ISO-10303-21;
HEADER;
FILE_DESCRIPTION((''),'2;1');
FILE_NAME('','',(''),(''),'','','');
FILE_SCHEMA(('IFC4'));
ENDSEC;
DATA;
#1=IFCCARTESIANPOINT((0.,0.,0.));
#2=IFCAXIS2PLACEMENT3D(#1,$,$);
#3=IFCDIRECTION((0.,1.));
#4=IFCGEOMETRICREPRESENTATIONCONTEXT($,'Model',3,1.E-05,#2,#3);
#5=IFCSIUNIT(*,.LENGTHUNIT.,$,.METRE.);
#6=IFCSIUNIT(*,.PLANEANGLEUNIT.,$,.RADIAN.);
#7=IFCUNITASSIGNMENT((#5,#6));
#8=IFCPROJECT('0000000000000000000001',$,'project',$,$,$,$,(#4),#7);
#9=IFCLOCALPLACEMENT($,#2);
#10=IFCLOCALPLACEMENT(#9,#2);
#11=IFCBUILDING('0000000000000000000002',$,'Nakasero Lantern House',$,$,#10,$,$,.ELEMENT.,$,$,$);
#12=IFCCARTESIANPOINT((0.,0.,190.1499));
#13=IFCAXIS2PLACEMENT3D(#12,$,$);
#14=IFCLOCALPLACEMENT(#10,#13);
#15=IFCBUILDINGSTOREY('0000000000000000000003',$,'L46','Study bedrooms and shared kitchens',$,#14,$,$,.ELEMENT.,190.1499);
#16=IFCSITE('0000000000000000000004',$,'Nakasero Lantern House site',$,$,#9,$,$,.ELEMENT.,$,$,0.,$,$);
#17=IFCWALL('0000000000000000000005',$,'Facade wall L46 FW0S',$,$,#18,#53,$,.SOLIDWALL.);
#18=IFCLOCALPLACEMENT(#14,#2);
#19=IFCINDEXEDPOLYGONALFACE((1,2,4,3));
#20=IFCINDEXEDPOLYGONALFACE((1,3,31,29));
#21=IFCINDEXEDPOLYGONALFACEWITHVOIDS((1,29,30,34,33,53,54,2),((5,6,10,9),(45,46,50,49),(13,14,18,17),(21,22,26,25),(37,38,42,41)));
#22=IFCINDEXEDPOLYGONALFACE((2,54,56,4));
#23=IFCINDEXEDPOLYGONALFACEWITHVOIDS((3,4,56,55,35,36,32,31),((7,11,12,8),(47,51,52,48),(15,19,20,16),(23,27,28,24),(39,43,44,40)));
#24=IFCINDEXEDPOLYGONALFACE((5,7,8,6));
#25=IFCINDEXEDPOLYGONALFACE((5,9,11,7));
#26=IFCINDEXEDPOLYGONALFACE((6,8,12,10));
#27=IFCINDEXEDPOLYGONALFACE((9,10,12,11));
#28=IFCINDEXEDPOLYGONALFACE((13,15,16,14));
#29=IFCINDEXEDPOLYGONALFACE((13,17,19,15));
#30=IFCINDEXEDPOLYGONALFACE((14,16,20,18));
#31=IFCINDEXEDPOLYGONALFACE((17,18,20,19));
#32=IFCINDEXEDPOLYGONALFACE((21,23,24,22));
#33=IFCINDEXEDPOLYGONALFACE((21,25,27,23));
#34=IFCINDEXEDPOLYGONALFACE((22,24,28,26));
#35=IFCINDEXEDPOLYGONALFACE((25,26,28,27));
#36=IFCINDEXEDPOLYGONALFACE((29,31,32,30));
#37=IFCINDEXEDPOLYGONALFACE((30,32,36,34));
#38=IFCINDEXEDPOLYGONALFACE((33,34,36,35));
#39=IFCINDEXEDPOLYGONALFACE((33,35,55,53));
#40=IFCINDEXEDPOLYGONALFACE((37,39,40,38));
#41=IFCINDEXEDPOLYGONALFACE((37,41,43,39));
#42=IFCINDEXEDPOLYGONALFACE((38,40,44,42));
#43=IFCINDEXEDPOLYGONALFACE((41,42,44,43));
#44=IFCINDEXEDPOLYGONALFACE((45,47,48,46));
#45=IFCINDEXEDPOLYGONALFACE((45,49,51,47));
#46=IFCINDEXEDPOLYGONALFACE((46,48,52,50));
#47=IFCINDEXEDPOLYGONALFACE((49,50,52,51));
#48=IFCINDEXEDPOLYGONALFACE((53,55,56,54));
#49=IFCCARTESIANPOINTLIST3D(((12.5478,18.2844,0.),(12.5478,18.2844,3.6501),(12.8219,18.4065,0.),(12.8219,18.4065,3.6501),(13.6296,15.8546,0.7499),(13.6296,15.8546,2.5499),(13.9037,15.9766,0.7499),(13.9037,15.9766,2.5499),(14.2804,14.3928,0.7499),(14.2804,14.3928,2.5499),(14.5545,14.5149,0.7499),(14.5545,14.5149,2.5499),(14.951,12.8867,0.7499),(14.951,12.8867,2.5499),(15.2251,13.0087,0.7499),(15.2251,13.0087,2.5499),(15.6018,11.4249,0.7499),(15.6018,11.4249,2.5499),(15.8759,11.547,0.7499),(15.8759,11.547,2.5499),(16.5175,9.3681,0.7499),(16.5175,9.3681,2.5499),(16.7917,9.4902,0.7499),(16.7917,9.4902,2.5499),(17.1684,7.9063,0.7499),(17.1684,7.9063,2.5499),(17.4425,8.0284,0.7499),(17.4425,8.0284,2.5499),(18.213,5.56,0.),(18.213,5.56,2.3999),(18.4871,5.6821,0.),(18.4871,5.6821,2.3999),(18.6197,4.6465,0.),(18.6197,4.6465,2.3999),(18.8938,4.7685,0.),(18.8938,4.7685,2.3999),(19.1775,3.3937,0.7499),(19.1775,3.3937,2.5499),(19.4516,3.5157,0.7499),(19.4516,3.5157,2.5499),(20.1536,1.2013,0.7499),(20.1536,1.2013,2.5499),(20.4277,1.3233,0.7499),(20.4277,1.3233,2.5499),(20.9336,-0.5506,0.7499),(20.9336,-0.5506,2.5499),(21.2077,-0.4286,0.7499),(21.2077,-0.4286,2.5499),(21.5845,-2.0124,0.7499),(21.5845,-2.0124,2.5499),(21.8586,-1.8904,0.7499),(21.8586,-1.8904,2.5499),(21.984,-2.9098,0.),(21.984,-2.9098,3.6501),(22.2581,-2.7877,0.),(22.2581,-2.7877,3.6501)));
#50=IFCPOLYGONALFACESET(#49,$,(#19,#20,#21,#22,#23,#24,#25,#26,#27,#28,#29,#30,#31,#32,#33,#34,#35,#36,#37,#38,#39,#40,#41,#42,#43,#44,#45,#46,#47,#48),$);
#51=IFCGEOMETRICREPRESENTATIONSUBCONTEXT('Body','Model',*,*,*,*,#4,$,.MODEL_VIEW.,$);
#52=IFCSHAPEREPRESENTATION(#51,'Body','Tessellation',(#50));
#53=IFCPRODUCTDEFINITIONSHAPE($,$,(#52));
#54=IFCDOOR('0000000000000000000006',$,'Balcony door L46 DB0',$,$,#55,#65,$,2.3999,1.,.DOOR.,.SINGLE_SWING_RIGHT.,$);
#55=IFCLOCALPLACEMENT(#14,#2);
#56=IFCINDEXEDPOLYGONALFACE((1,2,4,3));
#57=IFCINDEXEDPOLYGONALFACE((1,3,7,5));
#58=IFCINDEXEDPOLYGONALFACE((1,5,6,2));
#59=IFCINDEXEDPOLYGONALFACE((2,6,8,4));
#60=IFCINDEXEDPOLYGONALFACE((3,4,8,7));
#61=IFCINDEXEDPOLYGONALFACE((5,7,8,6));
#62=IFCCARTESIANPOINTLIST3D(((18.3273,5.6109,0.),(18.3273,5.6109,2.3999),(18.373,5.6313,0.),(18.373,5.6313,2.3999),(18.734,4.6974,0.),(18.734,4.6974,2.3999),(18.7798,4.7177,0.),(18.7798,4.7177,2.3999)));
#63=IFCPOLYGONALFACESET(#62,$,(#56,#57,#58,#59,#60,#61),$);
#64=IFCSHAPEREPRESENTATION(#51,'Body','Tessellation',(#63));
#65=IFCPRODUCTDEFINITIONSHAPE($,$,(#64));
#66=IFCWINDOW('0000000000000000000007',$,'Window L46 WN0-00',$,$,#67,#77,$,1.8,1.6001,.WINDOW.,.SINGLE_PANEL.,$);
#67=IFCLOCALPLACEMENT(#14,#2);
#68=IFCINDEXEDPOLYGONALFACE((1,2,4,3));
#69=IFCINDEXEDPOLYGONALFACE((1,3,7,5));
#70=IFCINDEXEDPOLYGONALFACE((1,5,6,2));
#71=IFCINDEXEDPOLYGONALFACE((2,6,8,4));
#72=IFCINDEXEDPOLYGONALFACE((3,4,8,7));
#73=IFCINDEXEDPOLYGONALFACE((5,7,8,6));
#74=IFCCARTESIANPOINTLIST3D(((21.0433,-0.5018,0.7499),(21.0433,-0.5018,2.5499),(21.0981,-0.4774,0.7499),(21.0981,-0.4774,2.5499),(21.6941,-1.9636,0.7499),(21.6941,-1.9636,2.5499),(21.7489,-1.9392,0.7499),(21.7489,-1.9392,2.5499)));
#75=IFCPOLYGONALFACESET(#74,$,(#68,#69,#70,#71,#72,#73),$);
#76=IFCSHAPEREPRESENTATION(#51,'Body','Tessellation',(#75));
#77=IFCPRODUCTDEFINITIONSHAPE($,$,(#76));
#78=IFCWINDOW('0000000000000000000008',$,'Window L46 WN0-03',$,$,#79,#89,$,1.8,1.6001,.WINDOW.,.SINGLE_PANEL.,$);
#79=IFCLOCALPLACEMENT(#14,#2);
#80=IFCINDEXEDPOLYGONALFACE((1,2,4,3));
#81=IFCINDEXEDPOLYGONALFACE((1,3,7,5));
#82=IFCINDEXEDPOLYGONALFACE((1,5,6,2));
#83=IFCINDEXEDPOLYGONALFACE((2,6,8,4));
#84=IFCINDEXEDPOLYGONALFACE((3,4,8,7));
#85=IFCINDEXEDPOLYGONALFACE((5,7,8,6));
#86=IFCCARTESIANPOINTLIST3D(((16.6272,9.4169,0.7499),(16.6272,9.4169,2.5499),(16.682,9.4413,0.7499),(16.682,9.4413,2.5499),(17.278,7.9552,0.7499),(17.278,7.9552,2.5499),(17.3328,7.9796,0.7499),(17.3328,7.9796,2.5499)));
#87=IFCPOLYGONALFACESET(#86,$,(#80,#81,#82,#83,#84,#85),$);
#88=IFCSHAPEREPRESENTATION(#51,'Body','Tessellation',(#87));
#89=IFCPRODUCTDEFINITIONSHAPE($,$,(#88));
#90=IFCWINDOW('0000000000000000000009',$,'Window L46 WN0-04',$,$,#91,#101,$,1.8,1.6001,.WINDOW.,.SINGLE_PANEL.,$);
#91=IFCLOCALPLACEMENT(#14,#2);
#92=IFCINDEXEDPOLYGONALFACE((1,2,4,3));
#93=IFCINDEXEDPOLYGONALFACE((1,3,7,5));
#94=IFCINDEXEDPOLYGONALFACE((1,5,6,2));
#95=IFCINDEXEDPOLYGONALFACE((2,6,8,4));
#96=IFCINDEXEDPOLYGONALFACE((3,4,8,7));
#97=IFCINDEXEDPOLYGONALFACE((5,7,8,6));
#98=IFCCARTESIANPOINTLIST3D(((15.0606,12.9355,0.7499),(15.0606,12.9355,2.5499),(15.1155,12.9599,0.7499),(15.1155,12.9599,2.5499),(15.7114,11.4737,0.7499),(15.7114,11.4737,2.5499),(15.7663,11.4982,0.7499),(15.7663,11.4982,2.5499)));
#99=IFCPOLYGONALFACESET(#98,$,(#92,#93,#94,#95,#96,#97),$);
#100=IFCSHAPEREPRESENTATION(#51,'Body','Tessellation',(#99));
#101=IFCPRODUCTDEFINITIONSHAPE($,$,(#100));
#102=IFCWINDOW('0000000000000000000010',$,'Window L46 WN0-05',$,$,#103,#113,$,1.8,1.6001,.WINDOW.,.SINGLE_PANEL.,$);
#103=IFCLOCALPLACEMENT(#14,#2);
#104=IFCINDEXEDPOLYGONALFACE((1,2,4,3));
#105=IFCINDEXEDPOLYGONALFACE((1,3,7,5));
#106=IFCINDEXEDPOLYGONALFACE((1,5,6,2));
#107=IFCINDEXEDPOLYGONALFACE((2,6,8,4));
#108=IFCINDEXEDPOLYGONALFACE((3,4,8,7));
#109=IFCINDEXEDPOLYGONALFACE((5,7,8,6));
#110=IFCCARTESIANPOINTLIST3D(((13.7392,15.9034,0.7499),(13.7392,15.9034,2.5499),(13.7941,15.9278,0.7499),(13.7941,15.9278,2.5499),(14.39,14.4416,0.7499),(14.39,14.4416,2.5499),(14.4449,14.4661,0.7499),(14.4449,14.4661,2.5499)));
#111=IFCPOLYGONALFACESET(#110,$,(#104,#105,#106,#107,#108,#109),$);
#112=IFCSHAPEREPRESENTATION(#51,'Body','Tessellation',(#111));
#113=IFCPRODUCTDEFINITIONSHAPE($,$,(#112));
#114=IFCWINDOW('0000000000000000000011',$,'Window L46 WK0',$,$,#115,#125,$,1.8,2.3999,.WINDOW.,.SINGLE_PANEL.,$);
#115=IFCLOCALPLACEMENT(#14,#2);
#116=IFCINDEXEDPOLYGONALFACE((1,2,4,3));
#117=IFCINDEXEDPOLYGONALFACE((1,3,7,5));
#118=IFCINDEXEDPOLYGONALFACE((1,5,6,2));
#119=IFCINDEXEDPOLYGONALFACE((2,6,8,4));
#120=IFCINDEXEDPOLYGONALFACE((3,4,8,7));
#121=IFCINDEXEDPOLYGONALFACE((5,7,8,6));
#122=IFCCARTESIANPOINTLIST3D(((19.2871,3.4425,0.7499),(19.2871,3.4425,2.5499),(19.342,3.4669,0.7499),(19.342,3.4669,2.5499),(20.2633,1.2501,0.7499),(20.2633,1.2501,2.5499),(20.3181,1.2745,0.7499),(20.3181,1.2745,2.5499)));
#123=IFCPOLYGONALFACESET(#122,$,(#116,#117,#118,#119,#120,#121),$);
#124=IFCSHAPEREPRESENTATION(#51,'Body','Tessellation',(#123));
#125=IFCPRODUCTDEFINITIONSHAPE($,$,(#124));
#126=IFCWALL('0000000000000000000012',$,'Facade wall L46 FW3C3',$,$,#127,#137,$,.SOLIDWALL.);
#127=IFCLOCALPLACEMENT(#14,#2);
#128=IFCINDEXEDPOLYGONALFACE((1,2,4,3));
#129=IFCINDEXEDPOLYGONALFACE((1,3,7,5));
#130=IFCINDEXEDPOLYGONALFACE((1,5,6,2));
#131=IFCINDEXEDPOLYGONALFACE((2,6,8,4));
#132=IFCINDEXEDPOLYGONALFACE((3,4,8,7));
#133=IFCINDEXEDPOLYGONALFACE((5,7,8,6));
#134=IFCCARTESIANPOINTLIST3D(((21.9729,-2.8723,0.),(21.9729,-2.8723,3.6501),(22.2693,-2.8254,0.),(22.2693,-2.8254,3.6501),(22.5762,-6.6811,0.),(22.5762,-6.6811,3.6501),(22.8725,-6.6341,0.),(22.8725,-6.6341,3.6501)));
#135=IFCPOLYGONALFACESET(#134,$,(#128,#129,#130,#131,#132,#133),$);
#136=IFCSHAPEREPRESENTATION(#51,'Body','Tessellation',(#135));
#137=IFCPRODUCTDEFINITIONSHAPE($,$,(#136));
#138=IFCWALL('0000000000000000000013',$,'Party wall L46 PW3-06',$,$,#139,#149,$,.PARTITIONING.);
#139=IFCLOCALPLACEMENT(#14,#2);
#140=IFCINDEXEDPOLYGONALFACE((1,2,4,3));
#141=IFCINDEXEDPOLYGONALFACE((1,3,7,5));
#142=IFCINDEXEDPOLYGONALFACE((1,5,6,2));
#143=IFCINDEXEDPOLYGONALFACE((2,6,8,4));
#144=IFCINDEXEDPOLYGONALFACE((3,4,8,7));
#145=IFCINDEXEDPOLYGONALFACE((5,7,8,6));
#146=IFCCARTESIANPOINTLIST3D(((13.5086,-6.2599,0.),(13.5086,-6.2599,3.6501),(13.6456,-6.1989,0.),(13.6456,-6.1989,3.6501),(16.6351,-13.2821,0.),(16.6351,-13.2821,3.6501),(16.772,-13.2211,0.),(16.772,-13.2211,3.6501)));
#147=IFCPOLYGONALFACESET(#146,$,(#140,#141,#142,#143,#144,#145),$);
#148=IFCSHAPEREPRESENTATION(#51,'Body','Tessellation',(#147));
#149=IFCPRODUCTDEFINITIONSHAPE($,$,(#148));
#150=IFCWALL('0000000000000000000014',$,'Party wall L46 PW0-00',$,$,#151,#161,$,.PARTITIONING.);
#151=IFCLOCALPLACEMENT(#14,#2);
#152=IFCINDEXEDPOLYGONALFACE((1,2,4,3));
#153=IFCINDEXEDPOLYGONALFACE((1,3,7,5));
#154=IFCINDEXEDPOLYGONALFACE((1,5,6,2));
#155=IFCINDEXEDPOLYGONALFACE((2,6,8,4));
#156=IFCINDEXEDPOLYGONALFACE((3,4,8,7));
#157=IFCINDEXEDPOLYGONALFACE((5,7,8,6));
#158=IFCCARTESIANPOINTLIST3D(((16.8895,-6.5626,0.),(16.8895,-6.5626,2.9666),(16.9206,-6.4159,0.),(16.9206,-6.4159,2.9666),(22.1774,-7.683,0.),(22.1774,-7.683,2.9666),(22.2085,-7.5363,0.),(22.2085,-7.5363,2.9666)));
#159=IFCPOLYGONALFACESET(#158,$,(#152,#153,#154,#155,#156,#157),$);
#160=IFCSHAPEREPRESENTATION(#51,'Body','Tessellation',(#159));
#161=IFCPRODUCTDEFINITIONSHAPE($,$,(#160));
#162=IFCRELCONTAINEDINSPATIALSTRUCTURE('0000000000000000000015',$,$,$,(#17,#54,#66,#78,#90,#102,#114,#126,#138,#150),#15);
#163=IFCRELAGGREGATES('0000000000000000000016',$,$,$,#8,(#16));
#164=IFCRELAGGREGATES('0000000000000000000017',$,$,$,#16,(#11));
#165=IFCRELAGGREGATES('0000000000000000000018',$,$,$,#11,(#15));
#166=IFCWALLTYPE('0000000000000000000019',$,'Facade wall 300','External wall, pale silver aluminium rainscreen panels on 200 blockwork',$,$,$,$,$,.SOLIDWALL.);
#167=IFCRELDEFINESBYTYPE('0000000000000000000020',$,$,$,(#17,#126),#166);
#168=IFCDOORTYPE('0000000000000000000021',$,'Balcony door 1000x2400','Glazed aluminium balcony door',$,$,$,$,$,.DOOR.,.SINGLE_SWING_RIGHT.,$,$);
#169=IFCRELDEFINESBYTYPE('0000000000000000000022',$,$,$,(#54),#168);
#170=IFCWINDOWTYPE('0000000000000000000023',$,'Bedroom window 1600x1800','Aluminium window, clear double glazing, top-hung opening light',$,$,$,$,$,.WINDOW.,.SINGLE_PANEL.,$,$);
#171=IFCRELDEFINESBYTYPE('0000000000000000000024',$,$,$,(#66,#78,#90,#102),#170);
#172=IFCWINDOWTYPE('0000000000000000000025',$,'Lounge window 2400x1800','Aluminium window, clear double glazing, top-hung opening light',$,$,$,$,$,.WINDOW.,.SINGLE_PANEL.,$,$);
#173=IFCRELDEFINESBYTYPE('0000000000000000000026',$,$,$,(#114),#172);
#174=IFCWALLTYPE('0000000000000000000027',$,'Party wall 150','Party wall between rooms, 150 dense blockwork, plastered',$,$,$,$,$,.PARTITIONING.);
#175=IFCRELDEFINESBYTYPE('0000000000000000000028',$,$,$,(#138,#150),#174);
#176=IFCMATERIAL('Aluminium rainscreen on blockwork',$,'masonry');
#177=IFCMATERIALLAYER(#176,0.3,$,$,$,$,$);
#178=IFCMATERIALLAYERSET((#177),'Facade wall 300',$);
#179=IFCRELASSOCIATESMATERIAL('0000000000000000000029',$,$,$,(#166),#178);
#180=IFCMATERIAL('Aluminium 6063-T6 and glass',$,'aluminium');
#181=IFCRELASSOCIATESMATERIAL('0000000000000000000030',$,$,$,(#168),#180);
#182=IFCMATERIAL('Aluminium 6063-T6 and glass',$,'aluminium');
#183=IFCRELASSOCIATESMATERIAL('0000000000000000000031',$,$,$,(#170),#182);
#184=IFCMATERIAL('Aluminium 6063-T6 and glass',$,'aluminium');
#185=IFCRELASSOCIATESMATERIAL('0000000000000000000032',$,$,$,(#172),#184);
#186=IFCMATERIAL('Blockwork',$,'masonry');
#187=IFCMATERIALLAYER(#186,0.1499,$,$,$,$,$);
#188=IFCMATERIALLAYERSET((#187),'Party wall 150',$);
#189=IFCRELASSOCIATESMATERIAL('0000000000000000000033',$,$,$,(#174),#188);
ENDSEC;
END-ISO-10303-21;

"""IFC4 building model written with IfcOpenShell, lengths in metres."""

from ifc_helpers import new_model, si_unit, direction, frame, frame_2d, origin, place, context, subcontext, project, spatial, rectangle, extrude, material, layer, layer_set, type_object, element, fill, save


model = new_model("IFC4")

# Units and contexts
model_context = context("Model", 3, precision=1e-05, world=origin(), true_north=direction((0.0, 1.0)))
body_context = subcontext(model_context, "Body", "Model", "MODEL_VIEW")
ifc_project = project(units=[si_unit("LENGTHUNIT", "METRE"), si_unit("PLANEANGLEUNIT", "RADIAN")], contexts=[model_context])

# Site, building, storey
site_placement = place(None, origin())
site = spatial("IfcSite", under=ifc_project, at=site_placement, Name="Nakasero Lantern House site", CompositionType="ELEMENT", RefElevation=0.0)
building_placement = place(site_placement, origin())
building = spatial("IfcBuilding", under=site, at=building_placement, Name="Nakasero Lantern House", CompositionType="ELEMENT")
storey_placement = place(building_placement, frame((0.0, 0.0, 190.1499)))
storey = spatial("IfcBuildingStorey", under=building, at=storey_placement, Name="L46", Description="Study bedrooms and shared kitchens", CompositionType="ELEMENT", Elevation=190.1499)

# Wall, openings, door, windows
ifc_material_1 = material(Name="Aluminium rainscreen on blockwork", Category="masonry")
ifc_layer_1 = layer(ifc_material_1, 0.3)
ifc_layer_set_1 = layer_set([ifc_layer_1], Name="Facade wall 300")
wall_type_1 = type_object("IfcWallType", Name="Facade wall 300", Description="External wall, pale silver aluminium rainscreen panels on 200 blockwork", PredefinedType="SOLIDWALL", material=ifc_layer_set_1)
wall_1_placement = place(storey_placement, frame((22.1211, -2.8489, 0.0), z_axis=(0.0, 0.0, 1.0), x_axis=(-0.406735, 0.913546, 0.0)))
wall_1 = element("IfcWall", 1, at=wall_1_placement, inside=storey, type_object=wall_type_1, Name="Facade wall L46 FW0S", PredefinedType="SOLIDWALL", context=body_context, shape_type="SweptSolid", body=[
    extrude(rectangle(XDim=23.2, YDim=0.3, at=frame_2d((11.6001, 0.0))), origin(), (0.0, 0.0, 1.0), 3.6501),
])
opening_1_placement = place(wall_1_placement, frame((0.9824, 0.0, 0.75)))
opening_1 = element("IfcOpeningElement", 2, at=opening_1_placement, cuts=wall_1, PredefinedType="OPENING", context=body_context, shape_type="SweptSolid", body=[
    extrude(rectangle(XDim=1.6001, YDim=1.8, at=frame_2d((0.8, 0.8999))), frame((0.0, 0.1699, 0.0), z_axis=(0.0, -1.0, 0.0), x_axis=(1.0, 0.0, 0.0)), (0.0, 0.0, 1.0), 0.3401),
])
opening_2_placement = place(wall_1_placement, frame((11.8398, 0.0, 0.75)))
opening_2 = element("IfcOpeningElement", 3, at=opening_2_placement, cuts=wall_1, PredefinedType="OPENING", context=body_context, shape_type="SweptSolid", body=[
    extrude(rectangle(XDim=1.6001, YDim=1.8, at=frame_2d((0.8, 0.8999))), frame((0.0, 0.1699, 0.0), z_axis=(0.0, -1.0, 0.0), x_axis=(1.0, 0.0, 0.0)), (0.0, 0.0, 1.0), 0.3401),
])
opening_3_placement = place(wall_1_placement, frame((15.6914, 0.0, 0.75)))
opening_3 = element("IfcOpeningElement", 4, at=opening_3_placement, cuts=wall_1, PredefinedType="OPENING", context=body_context, shape_type="SweptSolid", body=[
    extrude(rectangle(XDim=1.6001, YDim=1.8, at=frame_2d((0.8, 0.8999))), frame((0.0, 0.1699, 0.0), z_axis=(0.0, -1.0, 0.0), x_axis=(1.0, 0.0, 0.0)), (0.0, 0.0, 1.0), 0.3401),
])
opening_4_placement = place(wall_1_placement, frame((18.9402, 0.0, 0.75)))
opening_4 = element("IfcOpeningElement", 5, at=opening_4_placement, cuts=wall_1, PredefinedType="OPENING", context=body_context, shape_type="SweptSolid", body=[
    extrude(rectangle(XDim=1.6001, YDim=1.8, at=frame_2d((0.8, 0.8999))), frame((0.0, 0.1699, 0.0), z_axis=(0.0, -1.0, 0.0), x_axis=(1.0, 0.0, 0.0)), (0.0, 0.0, 1.0), 0.3401),
])
opening_5_placement = place(wall_1_placement, frame((4.5002, 0.0, 0.75)))
opening_5 = element("IfcOpeningElement", 6, at=opening_5_placement, cuts=wall_1, PredefinedType="OPENING", context=body_context, shape_type="SweptSolid", body=[
    extrude(rectangle(XDim=2.3999, YDim=1.8, at=frame_2d((1.2, 0.8999))), frame((0.0, 0.1699, 0.0), z_axis=(0.0, -1.0, 0.0), x_axis=(1.0, 0.0, 0.0)), (0.0, 0.0, 1.0), 0.3401),
])
opening_6_placement = place(wall_1_placement, frame((8.2715, 0.0, 0.0)))
opening_6 = element("IfcOpeningElement", 7, at=opening_6_placement, cuts=wall_1, PredefinedType="OPENING", context=body_context, shape_type="SweptSolid", body=[
    extrude(rectangle(XDim=1.0, YDim=2.3999, at=frame_2d((0.5, 1.2))), frame((0.0, 0.1699, 0.0), z_axis=(0.0, -1.0, 0.0), x_axis=(1.0, 0.0, 0.0)), (0.0, 0.0, 1.0), 0.3401),
])
ifc_material_2 = material(Name="Aluminium 6063-T6 and glass", Category="aluminium")
door_type_1 = type_object("IfcDoorType", Name="Balcony door 1000x2400", Description="Glazed aluminium balcony door", OperationType="SINGLE_SWING_RIGHT", PredefinedType="DOOR", material=ifc_material_2)
door_1_placement = place(opening_6_placement, origin())
door_1 = element("IfcDoor", 8, at=door_1_placement, inside=storey, type_object=door_type_1, Name="Balcony door L46 DB0", OperationType="SINGLE_SWING_RIGHT", OverallHeight=2.3999, OverallWidth=1.0, PredefinedType="DOOR", context=body_context, shape_type="SweptSolid", body=[
    extrude(rectangle(XDim=1.0, YDim=2.3999, at=frame_2d((0.5, 1.2))), frame((0.0, 0.0249, 0.0), z_axis=(0.0, -1.0, 0.0), x_axis=(1.0, 0.0, 0.0)), (0.0, 0.0, 1.0), 0.05),
])
fill(opening_6, door_1)
ifc_material_3 = material(Name="Aluminium 6063-T6 and glass", Category="aluminium")
window_type_1 = type_object("IfcWindowType", Name="Bedroom window 1600x1800", Description="Aluminium window, clear double glazing, top-hung opening light", PartitioningType="SINGLE_PANEL", PredefinedType="WINDOW", material=ifc_material_3)
window_1_placement = place(opening_1_placement, origin())
window_1 = element("IfcWindow", 9, at=window_1_placement, inside=storey, type_object=window_type_1, Name="Window L46 WN0-00", OverallHeight=1.8, OverallWidth=1.6001, PartitioningType="SINGLE_PANEL", PredefinedType="WINDOW", context=body_context, shape_type="SweptSolid", body=[
    extrude(rectangle(XDim=1.6001, YDim=1.8, at=frame_2d((0.8, 0.8999))), frame((0.0, 0.03, 0.0), z_axis=(0.0, -1.0, 0.0), x_axis=(1.0, 0.0, 0.0)), (0.0, 0.0, 1.0), 0.0601),
])
fill(opening_1, window_1)
window_2_placement = place(opening_2_placement, origin())
window_2 = element("IfcWindow", 10, at=window_2_placement, inside=storey, type_object=window_type_1, Name="Window L46 WN0-03", OverallHeight=1.8, OverallWidth=1.6001, PartitioningType="SINGLE_PANEL", PredefinedType="WINDOW", context=body_context, shape_type="SweptSolid", body=[
    extrude(rectangle(XDim=1.6001, YDim=1.8, at=frame_2d((0.8, 0.8999))), frame((0.0, 0.03, 0.0), z_axis=(0.0, -1.0, 0.0), x_axis=(1.0, 0.0, 0.0)), (0.0, 0.0, 1.0), 0.0601),
])
fill(opening_2, window_2)
window_3_placement = place(opening_3_placement, origin())
window_3 = element("IfcWindow", 11, at=window_3_placement, inside=storey, type_object=window_type_1, Name="Window L46 WN0-04", OverallHeight=1.8, OverallWidth=1.6001, PartitioningType="SINGLE_PANEL", PredefinedType="WINDOW", context=body_context, shape_type="SweptSolid", body=[
    extrude(rectangle(XDim=1.6001, YDim=1.8, at=frame_2d((0.8, 0.8999))), frame((0.0, 0.03, 0.0), z_axis=(0.0, -1.0, 0.0), x_axis=(1.0, 0.0, 0.0)), (0.0, 0.0, 1.0), 0.0601),
])
fill(opening_3, window_3)
window_4_placement = place(opening_4_placement, origin())
window_4 = element("IfcWindow", 12, at=window_4_placement, inside=storey, type_object=window_type_1, Name="Window L46 WN0-05", OverallHeight=1.8, OverallWidth=1.6001, PartitioningType="SINGLE_PANEL", PredefinedType="WINDOW", context=body_context, shape_type="SweptSolid", body=[
    extrude(rectangle(XDim=1.6001, YDim=1.8, at=frame_2d((0.8, 0.8999))), frame((0.0, 0.03, 0.0), z_axis=(0.0, -1.0, 0.0), x_axis=(1.0, 0.0, 0.0)), (0.0, 0.0, 1.0), 0.0601),
])
fill(opening_4, window_4)
ifc_material_4 = material(Name="Aluminium 6063-T6 and glass", Category="aluminium")
window_type_2 = type_object("IfcWindowType", Name="Lounge window 2400x1800", Description="Aluminium window, clear double glazing, top-hung opening light", PartitioningType="SINGLE_PANEL", PredefinedType="WINDOW", material=ifc_material_4)
window_5_placement = place(opening_5_placement, origin())
window_5 = element("IfcWindow", 13, at=window_5_placement, inside=storey, type_object=window_type_2, Name="Window L46 WK0", OverallHeight=1.8, OverallWidth=2.3999, PartitioningType="SINGLE_PANEL", PredefinedType="WINDOW", context=body_context, shape_type="SweptSolid", body=[
    extrude(rectangle(XDim=2.3999, YDim=1.8, at=frame_2d((1.2, 0.8999))), frame((0.0, 0.03, 0.0), z_axis=(0.0, -1.0, 0.0), x_axis=(1.0, 0.0, 0.0)), (0.0, 0.0, 1.0), 0.0601),
])
fill(opening_5, window_5)

# Walls
wall_2_placement = place(storey_placement, frame((22.7244, -6.6577, 0.0), z_axis=(0.0, 0.0, 1.0), x_axis=(-0.156437, 0.987688, 0.0)))
element("IfcWall", 14, at=wall_2_placement, inside=storey, type_object=wall_type_1, Name="Facade wall L46 FW3C3", PredefinedType="SOLIDWALL", context=body_context, shape_type="SweptSolid", body=[
    extrude(rectangle(XDim=3.8562, YDim=0.3, at=frame_2d((1.9282, 0.0))), origin(), (0.0, 0.0, 1.0), 3.6501),
])
ifc_material_5 = material(Name="Blockwork", Category="masonry")
ifc_layer_2 = layer(ifc_material_5, 0.1499)
ifc_layer_set_2 = layer_set([ifc_layer_2], Name="Party wall 150")
wall_type_2 = type_object("IfcWallType", Name="Party wall 150", Description="Party wall between rooms, 150 dense blockwork, plastered", PredefinedType="PARTITIONING", material=ifc_layer_set_2)
wall_3_placement = place(storey_placement, frame((13.5771, -6.2295, 0.0), z_axis=(0.0, 0.0, 1.0), x_axis=(0.406734, -0.913547, 0.0)))
element("IfcWall", 15, at=wall_3_placement, inside=storey, type_object=wall_type_2, Name="Party wall L46 PW3-06", PredefinedType="PARTITIONING", context=body_context, shape_type="SweptSolid", body=[
    extrude(rectangle(XDim=7.6868, YDim=0.1499, at=frame_2d((3.8433, 0.0))), origin(), (0.0, 0.0, 1.0), 3.6501),
])
wall_4_placement = place(storey_placement, frame((16.905, -6.4893, 0.0), z_axis=(0.0, 0.0, 1.0), x_axis=(0.978283, -0.207274, 0.0)))
element("IfcWall", 16, at=wall_4_placement, inside=storey, type_object=wall_type_2, Name="Party wall L46 PW0-00", PredefinedType="PARTITIONING", context=body_context, shape_type="SweptSolid", body=[
    extrude(rectangle(XDim=5.4053, YDim=0.1499, at=frame_2d((2.7026, 0.0))), origin(), (0.0, 0.0, 1.0), 2.9666),
])

save(model, "model.ifc")
